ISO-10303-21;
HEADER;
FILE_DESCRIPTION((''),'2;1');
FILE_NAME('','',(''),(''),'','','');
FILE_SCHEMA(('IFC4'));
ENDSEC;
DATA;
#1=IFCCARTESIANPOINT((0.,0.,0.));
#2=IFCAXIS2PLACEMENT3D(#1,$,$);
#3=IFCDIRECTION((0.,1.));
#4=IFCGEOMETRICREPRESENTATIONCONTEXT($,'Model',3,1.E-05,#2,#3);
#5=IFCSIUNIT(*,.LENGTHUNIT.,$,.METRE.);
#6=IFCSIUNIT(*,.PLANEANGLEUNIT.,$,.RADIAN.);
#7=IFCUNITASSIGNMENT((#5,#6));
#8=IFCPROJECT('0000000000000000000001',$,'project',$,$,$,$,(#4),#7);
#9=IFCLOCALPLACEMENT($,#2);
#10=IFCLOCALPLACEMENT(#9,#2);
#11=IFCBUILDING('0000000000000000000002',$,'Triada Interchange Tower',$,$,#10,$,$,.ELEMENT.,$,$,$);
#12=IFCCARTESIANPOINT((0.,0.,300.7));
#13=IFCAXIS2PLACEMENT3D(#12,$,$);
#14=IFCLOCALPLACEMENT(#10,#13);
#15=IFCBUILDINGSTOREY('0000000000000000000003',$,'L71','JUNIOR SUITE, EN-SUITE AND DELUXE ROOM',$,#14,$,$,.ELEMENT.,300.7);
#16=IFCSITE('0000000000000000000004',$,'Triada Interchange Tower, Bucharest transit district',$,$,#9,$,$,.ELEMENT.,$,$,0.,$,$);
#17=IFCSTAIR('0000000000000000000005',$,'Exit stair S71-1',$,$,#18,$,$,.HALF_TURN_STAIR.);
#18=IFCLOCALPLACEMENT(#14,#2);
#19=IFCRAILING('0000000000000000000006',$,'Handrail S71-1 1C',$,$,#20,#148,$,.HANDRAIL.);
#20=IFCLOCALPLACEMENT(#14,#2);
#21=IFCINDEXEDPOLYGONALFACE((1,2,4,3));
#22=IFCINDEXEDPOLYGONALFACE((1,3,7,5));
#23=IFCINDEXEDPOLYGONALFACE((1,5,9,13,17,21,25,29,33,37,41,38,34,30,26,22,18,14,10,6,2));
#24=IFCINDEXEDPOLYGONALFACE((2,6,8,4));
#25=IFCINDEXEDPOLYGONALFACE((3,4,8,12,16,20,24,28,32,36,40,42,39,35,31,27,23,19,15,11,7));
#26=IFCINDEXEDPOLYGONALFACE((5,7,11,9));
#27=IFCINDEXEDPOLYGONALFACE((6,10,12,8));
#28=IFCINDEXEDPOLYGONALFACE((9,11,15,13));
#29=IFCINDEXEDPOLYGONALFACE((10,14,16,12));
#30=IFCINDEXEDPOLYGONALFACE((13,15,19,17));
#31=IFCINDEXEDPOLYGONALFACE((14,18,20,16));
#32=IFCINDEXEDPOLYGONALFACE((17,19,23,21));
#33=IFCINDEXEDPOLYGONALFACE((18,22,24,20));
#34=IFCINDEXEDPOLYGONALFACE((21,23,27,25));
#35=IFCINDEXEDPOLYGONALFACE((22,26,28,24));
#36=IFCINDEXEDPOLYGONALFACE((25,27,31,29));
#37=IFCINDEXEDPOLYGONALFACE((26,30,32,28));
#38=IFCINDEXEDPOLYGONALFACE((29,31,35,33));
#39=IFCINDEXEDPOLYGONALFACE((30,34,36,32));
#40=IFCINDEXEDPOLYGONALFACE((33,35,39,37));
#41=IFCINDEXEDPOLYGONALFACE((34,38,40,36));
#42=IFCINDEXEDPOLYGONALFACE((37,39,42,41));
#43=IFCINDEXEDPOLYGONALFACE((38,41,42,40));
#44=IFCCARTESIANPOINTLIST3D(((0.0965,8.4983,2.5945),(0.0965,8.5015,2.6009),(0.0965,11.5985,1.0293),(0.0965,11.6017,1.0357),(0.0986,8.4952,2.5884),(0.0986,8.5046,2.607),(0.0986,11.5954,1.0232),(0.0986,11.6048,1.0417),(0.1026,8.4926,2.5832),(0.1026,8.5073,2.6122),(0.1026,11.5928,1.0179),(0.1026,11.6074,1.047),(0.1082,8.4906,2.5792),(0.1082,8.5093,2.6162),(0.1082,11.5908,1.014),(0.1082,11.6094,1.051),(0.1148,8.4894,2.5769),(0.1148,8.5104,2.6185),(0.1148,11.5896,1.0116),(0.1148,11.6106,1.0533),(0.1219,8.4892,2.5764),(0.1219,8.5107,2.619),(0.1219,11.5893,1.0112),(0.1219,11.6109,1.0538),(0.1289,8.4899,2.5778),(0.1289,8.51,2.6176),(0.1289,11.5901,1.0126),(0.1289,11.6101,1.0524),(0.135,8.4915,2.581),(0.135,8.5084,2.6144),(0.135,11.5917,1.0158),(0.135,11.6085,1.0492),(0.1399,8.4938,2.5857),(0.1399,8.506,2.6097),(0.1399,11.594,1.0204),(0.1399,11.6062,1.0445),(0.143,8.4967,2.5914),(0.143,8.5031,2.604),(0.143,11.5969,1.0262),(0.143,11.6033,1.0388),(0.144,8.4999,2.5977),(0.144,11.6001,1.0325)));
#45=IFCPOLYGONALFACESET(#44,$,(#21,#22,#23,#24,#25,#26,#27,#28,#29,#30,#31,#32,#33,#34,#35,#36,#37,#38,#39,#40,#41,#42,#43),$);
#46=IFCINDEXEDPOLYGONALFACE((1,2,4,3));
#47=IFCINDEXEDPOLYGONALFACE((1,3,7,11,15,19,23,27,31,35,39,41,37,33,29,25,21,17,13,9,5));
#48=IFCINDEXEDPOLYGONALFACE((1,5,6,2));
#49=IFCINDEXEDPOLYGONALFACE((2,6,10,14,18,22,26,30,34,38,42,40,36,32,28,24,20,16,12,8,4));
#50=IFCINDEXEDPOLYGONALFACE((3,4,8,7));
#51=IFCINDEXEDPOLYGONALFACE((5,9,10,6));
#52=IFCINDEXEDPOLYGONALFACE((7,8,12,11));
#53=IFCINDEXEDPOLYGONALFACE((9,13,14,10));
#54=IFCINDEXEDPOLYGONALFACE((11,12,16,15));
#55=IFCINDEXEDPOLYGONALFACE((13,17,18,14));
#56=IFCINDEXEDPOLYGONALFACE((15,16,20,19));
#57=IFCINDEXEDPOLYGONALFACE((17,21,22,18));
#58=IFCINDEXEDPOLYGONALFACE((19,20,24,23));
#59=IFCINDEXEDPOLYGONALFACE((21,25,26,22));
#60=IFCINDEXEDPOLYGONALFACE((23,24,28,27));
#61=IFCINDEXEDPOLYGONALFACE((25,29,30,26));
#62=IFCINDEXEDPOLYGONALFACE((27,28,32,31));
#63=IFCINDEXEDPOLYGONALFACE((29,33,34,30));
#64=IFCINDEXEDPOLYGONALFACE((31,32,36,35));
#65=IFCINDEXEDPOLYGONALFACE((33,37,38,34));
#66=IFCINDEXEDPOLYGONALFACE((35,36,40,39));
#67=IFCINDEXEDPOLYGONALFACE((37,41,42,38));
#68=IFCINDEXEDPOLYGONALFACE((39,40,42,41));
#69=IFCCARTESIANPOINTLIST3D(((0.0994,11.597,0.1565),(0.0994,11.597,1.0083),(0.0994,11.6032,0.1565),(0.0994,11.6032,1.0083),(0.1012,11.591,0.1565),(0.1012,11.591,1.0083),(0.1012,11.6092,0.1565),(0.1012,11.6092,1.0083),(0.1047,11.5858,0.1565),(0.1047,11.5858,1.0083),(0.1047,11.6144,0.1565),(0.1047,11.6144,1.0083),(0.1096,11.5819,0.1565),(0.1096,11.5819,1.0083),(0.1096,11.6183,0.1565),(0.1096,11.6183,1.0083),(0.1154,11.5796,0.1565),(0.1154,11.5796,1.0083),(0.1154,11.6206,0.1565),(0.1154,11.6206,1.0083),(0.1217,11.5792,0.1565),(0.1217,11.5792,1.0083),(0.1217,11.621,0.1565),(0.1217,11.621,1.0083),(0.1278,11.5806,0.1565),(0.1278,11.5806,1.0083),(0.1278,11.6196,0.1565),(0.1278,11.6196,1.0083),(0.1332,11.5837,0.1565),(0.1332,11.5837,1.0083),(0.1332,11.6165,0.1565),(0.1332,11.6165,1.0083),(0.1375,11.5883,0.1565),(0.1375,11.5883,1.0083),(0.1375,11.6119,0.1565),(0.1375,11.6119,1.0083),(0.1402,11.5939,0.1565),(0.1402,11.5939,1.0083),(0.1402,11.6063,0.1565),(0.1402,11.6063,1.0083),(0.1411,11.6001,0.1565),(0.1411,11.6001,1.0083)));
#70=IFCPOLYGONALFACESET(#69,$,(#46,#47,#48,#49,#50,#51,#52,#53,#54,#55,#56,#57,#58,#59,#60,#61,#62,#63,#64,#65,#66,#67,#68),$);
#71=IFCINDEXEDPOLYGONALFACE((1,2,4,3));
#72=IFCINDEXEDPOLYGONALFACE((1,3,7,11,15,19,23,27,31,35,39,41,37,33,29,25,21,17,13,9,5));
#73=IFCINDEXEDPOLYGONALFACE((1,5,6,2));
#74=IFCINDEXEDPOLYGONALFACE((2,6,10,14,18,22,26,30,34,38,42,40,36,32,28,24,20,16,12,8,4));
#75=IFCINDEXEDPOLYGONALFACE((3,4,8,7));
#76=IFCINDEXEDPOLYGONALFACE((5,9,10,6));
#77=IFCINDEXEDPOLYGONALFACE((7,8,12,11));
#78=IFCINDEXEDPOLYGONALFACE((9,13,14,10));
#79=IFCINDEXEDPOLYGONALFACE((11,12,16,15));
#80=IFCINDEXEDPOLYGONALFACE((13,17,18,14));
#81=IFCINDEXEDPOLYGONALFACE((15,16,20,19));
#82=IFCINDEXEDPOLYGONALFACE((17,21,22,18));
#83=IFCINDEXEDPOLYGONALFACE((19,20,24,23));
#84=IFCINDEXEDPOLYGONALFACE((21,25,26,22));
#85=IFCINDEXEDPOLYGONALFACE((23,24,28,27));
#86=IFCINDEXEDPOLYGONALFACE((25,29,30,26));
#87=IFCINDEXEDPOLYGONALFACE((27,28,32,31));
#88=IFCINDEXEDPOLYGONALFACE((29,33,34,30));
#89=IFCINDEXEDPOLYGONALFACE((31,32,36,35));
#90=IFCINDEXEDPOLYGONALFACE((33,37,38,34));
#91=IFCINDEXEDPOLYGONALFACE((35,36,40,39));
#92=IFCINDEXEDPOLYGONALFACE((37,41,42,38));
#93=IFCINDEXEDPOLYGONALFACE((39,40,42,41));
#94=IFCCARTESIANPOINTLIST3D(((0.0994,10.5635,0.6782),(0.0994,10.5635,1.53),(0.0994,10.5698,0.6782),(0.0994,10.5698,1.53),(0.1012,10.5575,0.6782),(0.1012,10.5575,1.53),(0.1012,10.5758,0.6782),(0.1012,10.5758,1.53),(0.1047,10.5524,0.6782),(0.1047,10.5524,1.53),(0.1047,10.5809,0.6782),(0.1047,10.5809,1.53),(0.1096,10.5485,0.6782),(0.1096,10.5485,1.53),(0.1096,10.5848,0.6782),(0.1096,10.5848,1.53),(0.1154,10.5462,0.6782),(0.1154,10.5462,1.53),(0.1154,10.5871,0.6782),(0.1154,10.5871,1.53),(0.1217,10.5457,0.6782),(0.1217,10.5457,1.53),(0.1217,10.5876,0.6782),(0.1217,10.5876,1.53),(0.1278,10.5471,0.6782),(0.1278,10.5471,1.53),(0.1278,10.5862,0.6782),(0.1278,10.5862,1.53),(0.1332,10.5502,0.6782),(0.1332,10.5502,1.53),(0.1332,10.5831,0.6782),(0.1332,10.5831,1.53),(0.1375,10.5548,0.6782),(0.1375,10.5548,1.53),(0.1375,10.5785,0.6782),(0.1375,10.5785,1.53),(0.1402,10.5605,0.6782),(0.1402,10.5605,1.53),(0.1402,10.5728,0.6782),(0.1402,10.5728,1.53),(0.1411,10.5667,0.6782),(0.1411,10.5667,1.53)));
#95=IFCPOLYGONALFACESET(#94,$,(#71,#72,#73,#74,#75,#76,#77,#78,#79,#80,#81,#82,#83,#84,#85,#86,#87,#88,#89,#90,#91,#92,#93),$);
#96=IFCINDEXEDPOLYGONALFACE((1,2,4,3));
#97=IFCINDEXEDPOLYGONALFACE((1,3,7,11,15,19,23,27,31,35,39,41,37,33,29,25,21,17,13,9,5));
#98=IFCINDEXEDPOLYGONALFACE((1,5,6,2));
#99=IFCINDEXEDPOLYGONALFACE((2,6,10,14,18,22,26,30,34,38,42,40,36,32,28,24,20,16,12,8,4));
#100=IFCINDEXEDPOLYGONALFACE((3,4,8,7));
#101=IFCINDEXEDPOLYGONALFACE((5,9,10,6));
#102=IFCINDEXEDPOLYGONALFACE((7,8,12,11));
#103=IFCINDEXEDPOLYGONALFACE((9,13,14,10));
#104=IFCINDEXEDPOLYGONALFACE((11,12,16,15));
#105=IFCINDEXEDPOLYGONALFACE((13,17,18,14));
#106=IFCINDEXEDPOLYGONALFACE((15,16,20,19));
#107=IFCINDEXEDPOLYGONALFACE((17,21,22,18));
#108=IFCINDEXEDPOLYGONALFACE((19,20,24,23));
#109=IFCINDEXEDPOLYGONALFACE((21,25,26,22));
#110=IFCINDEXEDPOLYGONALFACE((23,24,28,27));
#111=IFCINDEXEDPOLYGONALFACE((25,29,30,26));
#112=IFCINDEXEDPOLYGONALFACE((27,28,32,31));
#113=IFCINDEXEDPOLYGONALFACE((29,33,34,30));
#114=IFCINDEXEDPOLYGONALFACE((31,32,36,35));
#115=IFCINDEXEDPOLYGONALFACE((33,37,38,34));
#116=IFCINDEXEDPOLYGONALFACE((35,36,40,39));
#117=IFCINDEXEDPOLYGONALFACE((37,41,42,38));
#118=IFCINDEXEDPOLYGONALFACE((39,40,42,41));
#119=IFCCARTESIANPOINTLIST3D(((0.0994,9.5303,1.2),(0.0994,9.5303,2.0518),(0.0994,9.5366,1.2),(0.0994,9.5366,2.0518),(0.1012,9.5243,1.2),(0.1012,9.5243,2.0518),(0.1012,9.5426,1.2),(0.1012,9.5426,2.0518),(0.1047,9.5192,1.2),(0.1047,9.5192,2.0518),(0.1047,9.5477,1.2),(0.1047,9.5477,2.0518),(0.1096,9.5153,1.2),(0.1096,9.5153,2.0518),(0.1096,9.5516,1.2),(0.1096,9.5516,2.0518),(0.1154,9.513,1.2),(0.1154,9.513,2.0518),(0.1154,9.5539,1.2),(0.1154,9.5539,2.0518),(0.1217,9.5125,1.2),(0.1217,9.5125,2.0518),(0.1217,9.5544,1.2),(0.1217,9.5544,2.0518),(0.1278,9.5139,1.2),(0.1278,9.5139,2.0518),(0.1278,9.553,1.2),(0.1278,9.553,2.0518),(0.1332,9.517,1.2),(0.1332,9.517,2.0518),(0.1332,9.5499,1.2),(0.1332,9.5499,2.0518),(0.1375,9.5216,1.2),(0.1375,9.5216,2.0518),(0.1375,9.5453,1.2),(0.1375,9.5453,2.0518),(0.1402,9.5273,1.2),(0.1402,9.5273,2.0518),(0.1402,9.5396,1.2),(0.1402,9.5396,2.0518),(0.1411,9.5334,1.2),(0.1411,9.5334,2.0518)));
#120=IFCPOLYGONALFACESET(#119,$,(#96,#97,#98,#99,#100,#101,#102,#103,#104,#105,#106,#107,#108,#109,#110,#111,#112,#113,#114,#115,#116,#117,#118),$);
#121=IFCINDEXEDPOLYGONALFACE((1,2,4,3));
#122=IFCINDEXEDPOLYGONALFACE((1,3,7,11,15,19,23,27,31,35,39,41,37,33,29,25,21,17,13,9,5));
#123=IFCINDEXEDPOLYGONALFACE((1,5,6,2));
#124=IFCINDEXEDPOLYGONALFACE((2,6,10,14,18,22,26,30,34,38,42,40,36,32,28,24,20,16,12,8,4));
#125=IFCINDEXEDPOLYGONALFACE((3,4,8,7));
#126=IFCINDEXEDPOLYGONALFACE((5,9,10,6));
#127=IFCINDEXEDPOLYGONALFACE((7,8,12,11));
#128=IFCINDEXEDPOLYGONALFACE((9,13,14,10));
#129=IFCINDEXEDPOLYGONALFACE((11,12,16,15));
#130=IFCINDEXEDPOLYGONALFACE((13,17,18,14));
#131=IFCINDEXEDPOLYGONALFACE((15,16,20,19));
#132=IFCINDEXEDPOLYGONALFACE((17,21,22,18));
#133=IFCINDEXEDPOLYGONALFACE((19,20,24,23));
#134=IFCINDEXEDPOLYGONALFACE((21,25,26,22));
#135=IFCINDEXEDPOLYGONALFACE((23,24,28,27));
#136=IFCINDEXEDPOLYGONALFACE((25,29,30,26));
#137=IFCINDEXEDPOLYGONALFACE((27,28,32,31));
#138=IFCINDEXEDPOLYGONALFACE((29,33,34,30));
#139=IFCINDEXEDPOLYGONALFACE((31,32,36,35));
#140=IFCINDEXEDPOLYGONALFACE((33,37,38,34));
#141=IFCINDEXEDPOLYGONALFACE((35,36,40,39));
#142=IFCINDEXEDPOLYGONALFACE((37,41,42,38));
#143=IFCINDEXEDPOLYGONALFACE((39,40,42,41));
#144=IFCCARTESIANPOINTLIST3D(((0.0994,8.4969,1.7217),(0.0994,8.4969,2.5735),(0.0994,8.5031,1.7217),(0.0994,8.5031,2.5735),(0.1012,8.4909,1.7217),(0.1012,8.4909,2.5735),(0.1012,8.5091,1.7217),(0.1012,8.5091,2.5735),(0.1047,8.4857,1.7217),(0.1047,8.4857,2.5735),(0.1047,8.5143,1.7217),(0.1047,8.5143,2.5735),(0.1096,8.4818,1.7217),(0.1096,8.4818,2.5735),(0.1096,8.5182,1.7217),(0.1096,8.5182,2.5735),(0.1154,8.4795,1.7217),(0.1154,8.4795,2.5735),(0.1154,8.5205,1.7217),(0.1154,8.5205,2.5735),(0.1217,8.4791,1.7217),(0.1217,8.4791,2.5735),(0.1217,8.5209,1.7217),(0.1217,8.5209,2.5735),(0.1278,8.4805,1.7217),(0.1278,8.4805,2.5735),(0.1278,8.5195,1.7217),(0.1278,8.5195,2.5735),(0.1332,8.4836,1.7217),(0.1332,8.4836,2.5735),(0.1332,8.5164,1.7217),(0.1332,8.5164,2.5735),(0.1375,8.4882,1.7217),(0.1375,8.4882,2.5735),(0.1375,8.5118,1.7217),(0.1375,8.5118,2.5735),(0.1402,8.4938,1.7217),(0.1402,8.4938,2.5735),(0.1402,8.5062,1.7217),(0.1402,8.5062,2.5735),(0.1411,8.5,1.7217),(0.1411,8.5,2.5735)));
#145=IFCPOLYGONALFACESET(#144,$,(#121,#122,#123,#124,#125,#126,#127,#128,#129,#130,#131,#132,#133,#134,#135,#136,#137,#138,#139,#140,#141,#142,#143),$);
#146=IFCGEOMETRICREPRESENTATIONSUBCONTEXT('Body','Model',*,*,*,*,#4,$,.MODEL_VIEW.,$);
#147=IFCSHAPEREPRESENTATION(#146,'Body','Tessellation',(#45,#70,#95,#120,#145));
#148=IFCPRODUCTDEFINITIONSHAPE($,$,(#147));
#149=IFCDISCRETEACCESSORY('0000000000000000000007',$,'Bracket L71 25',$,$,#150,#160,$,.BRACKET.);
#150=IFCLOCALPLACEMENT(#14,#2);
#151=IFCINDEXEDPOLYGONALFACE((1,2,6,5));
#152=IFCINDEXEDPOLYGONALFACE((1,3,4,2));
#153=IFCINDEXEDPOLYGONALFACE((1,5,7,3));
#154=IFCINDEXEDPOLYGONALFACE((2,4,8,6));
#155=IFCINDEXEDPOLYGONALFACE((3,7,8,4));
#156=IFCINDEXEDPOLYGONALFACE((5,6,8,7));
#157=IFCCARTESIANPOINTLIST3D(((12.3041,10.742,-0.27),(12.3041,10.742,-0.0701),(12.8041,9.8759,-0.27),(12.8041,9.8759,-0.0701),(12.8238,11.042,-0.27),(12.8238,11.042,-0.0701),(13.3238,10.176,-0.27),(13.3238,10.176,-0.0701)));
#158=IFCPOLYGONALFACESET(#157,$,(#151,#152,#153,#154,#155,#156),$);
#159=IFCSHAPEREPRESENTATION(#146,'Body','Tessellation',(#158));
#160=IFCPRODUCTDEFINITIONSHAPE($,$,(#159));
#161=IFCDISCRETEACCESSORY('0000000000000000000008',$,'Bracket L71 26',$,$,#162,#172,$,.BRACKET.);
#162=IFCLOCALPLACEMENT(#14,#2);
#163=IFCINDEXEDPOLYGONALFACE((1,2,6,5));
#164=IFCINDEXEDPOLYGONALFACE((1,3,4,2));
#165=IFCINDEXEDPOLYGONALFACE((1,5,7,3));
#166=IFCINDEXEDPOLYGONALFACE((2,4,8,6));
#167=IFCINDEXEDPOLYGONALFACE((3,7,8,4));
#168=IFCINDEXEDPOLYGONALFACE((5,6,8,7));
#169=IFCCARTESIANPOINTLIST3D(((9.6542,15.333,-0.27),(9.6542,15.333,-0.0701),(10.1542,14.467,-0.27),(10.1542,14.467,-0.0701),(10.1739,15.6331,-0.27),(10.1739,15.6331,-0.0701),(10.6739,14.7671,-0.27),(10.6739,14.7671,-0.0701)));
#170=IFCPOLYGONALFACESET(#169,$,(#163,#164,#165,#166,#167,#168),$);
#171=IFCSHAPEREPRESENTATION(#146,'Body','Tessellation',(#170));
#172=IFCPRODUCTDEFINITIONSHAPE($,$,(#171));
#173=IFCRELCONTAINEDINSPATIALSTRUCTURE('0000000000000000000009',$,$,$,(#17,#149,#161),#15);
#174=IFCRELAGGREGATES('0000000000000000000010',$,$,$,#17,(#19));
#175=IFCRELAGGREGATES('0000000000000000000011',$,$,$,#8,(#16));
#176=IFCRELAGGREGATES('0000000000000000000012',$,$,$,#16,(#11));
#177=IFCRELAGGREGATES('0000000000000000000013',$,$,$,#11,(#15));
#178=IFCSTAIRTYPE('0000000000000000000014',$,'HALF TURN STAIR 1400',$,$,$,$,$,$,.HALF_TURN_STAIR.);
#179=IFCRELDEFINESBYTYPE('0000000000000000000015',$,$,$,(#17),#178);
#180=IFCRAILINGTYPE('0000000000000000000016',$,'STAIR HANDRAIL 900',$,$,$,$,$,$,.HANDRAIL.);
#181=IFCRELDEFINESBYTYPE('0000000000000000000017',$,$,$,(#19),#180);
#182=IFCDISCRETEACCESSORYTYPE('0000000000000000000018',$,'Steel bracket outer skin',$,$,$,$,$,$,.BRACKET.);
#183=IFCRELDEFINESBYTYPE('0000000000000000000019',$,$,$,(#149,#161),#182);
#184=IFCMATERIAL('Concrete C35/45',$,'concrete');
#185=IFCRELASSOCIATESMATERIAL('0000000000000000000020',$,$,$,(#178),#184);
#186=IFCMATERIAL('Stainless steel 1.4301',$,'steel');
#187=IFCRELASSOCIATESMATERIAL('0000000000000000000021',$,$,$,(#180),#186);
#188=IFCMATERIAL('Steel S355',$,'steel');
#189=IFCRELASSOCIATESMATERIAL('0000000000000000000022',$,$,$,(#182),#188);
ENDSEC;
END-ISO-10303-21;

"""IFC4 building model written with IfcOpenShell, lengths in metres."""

from ifc_helpers import new_model, si_unit, direction, frame, origin, origin_2d, place, context, subcontext, project, spatial, rectangle, circle, extrude, material, type_object, element, aggregate, save


model = new_model("IFC4")

# Units and contexts
model_context = context("Model", 3, precision=1e-05, world=origin(), true_north=direction((0.0, 1.0)))
body_context = subcontext(model_context, "Body", "Model", "MODEL_VIEW")
ifc_project = project(units=[si_unit("LENGTHUNIT", "METRE"), si_unit("PLANEANGLEUNIT", "RADIAN")], contexts=[model_context])

# Site, building, storey
site_placement = place(None, origin())
site = spatial("IfcSite", under=ifc_project, at=site_placement, Name="Triada Interchange Tower, Bucharest transit district", CompositionType="ELEMENT", RefElevation=0.0)
building_placement = place(site_placement, origin())
building = spatial("IfcBuilding", under=site, at=building_placement, Name="Triada Interchange Tower", CompositionType="ELEMENT")
storey_placement = place(building_placement, frame((0.0, 0.0, 300.7)))
storey = spatial("IfcBuildingStorey", under=building, at=storey_placement, Name="L71", Description="JUNIOR SUITE, EN-SUITE AND DELUXE ROOM", CompositionType="ELEMENT", Elevation=300.7)

# Stair
ifc_material_1 = material(Name="Concrete C35/45", Category="concrete")
stair_type = type_object("IfcStairType", Name="HALF TURN STAIR 1400", PredefinedType="HALF_TURN_STAIR", material=ifc_material_1)
stair_placement = place(storey_placement, origin())
stair = element("IfcStair", 1, at=stair_placement, inside=storey, type_object=stair_type, Name="Exit stair S71-1", PredefinedType="HALF_TURN_STAIR")

# Railing
ifc_material_2 = material(Name="Stainless steel 1.4301", Category="steel")
railing_type = type_object("IfcRailingType", Name="STAIR HANDRAIL 900", PredefinedType="HANDRAIL", material=ifc_material_2)
railing_1_placement = place(storey_placement, frame((0.1201, 11.6001, 0.1565)))
railing_1 = element("IfcRailing", 2, at=railing_1_placement, type_object=railing_type, Name="Handrail S71-1 1C", PredefinedType="HANDRAIL", context=body_context, shape_type="SweptSolid", body=[
    extrude(circle(Radius=0.0239, at=origin_2d()), frame((0.0, 0.0, 0.876), z_axis=(0.0, -0.892677, 0.450697), x_axis=(1.0, 0.0, 0.0)), (0.0, 0.0, 1.0), 3.4729),
    extrude(circle(Radius=0.021, at=origin_2d()), origin(), (0.0, 0.0, 1.0), 0.8518),
    extrude(circle(Radius=0.021, at=origin_2d()), frame((0.0, -1.0334, 0.5217)), (0.0, 0.0, 1.0), 0.8518),
    extrude(circle(Radius=0.021, at=origin_2d()), frame((0.0, -2.0667, 1.0435)), (0.0, 0.0, 1.0), 0.8518),
    extrude(circle(Radius=0.021, at=origin_2d()), frame((0.0, -3.1001, 1.5652)), (0.0, 0.0, 1.0), 0.8518),
])
aggregate(stair, [railing_1])

# Discrete accessories
ifc_material_3 = material(Name="Steel S355", Category="steel")
discrete_accessory_type = type_object("IfcDiscreteAccessoryType", Name="Steel bracket outer skin", PredefinedType="BRACKET", material=ifc_material_3)
for number, where, z_axis, x_axis, name in (
    (3, (12.814, 10.459, -0.27), (0.0, 0.0, 1.0), (0.866027, 0.499997, 0.0), "Bracket L71 25"),
    (4, (10.1641, 15.05, -0.27), (0.0, 0.0, 1.0), (0.866027, 0.499997, 0.0), "Bracket L71 26"),
):
    element("IfcDiscreteAccessory", number, at=place(storey_placement, frame(where, z_axis=z_axis, x_axis=x_axis)), inside=storey, type_object=discrete_accessory_type, Name=name, PredefinedType="BRACKET", context=body_context, shape_type="SweptSolid", body=[
        extrude(rectangle(XDim=0.6001, YDim=1.0, at=origin_2d()), origin(), (0.0, 0.0, 1.0), 0.2),
    ])

save(model, "model.ifc")
